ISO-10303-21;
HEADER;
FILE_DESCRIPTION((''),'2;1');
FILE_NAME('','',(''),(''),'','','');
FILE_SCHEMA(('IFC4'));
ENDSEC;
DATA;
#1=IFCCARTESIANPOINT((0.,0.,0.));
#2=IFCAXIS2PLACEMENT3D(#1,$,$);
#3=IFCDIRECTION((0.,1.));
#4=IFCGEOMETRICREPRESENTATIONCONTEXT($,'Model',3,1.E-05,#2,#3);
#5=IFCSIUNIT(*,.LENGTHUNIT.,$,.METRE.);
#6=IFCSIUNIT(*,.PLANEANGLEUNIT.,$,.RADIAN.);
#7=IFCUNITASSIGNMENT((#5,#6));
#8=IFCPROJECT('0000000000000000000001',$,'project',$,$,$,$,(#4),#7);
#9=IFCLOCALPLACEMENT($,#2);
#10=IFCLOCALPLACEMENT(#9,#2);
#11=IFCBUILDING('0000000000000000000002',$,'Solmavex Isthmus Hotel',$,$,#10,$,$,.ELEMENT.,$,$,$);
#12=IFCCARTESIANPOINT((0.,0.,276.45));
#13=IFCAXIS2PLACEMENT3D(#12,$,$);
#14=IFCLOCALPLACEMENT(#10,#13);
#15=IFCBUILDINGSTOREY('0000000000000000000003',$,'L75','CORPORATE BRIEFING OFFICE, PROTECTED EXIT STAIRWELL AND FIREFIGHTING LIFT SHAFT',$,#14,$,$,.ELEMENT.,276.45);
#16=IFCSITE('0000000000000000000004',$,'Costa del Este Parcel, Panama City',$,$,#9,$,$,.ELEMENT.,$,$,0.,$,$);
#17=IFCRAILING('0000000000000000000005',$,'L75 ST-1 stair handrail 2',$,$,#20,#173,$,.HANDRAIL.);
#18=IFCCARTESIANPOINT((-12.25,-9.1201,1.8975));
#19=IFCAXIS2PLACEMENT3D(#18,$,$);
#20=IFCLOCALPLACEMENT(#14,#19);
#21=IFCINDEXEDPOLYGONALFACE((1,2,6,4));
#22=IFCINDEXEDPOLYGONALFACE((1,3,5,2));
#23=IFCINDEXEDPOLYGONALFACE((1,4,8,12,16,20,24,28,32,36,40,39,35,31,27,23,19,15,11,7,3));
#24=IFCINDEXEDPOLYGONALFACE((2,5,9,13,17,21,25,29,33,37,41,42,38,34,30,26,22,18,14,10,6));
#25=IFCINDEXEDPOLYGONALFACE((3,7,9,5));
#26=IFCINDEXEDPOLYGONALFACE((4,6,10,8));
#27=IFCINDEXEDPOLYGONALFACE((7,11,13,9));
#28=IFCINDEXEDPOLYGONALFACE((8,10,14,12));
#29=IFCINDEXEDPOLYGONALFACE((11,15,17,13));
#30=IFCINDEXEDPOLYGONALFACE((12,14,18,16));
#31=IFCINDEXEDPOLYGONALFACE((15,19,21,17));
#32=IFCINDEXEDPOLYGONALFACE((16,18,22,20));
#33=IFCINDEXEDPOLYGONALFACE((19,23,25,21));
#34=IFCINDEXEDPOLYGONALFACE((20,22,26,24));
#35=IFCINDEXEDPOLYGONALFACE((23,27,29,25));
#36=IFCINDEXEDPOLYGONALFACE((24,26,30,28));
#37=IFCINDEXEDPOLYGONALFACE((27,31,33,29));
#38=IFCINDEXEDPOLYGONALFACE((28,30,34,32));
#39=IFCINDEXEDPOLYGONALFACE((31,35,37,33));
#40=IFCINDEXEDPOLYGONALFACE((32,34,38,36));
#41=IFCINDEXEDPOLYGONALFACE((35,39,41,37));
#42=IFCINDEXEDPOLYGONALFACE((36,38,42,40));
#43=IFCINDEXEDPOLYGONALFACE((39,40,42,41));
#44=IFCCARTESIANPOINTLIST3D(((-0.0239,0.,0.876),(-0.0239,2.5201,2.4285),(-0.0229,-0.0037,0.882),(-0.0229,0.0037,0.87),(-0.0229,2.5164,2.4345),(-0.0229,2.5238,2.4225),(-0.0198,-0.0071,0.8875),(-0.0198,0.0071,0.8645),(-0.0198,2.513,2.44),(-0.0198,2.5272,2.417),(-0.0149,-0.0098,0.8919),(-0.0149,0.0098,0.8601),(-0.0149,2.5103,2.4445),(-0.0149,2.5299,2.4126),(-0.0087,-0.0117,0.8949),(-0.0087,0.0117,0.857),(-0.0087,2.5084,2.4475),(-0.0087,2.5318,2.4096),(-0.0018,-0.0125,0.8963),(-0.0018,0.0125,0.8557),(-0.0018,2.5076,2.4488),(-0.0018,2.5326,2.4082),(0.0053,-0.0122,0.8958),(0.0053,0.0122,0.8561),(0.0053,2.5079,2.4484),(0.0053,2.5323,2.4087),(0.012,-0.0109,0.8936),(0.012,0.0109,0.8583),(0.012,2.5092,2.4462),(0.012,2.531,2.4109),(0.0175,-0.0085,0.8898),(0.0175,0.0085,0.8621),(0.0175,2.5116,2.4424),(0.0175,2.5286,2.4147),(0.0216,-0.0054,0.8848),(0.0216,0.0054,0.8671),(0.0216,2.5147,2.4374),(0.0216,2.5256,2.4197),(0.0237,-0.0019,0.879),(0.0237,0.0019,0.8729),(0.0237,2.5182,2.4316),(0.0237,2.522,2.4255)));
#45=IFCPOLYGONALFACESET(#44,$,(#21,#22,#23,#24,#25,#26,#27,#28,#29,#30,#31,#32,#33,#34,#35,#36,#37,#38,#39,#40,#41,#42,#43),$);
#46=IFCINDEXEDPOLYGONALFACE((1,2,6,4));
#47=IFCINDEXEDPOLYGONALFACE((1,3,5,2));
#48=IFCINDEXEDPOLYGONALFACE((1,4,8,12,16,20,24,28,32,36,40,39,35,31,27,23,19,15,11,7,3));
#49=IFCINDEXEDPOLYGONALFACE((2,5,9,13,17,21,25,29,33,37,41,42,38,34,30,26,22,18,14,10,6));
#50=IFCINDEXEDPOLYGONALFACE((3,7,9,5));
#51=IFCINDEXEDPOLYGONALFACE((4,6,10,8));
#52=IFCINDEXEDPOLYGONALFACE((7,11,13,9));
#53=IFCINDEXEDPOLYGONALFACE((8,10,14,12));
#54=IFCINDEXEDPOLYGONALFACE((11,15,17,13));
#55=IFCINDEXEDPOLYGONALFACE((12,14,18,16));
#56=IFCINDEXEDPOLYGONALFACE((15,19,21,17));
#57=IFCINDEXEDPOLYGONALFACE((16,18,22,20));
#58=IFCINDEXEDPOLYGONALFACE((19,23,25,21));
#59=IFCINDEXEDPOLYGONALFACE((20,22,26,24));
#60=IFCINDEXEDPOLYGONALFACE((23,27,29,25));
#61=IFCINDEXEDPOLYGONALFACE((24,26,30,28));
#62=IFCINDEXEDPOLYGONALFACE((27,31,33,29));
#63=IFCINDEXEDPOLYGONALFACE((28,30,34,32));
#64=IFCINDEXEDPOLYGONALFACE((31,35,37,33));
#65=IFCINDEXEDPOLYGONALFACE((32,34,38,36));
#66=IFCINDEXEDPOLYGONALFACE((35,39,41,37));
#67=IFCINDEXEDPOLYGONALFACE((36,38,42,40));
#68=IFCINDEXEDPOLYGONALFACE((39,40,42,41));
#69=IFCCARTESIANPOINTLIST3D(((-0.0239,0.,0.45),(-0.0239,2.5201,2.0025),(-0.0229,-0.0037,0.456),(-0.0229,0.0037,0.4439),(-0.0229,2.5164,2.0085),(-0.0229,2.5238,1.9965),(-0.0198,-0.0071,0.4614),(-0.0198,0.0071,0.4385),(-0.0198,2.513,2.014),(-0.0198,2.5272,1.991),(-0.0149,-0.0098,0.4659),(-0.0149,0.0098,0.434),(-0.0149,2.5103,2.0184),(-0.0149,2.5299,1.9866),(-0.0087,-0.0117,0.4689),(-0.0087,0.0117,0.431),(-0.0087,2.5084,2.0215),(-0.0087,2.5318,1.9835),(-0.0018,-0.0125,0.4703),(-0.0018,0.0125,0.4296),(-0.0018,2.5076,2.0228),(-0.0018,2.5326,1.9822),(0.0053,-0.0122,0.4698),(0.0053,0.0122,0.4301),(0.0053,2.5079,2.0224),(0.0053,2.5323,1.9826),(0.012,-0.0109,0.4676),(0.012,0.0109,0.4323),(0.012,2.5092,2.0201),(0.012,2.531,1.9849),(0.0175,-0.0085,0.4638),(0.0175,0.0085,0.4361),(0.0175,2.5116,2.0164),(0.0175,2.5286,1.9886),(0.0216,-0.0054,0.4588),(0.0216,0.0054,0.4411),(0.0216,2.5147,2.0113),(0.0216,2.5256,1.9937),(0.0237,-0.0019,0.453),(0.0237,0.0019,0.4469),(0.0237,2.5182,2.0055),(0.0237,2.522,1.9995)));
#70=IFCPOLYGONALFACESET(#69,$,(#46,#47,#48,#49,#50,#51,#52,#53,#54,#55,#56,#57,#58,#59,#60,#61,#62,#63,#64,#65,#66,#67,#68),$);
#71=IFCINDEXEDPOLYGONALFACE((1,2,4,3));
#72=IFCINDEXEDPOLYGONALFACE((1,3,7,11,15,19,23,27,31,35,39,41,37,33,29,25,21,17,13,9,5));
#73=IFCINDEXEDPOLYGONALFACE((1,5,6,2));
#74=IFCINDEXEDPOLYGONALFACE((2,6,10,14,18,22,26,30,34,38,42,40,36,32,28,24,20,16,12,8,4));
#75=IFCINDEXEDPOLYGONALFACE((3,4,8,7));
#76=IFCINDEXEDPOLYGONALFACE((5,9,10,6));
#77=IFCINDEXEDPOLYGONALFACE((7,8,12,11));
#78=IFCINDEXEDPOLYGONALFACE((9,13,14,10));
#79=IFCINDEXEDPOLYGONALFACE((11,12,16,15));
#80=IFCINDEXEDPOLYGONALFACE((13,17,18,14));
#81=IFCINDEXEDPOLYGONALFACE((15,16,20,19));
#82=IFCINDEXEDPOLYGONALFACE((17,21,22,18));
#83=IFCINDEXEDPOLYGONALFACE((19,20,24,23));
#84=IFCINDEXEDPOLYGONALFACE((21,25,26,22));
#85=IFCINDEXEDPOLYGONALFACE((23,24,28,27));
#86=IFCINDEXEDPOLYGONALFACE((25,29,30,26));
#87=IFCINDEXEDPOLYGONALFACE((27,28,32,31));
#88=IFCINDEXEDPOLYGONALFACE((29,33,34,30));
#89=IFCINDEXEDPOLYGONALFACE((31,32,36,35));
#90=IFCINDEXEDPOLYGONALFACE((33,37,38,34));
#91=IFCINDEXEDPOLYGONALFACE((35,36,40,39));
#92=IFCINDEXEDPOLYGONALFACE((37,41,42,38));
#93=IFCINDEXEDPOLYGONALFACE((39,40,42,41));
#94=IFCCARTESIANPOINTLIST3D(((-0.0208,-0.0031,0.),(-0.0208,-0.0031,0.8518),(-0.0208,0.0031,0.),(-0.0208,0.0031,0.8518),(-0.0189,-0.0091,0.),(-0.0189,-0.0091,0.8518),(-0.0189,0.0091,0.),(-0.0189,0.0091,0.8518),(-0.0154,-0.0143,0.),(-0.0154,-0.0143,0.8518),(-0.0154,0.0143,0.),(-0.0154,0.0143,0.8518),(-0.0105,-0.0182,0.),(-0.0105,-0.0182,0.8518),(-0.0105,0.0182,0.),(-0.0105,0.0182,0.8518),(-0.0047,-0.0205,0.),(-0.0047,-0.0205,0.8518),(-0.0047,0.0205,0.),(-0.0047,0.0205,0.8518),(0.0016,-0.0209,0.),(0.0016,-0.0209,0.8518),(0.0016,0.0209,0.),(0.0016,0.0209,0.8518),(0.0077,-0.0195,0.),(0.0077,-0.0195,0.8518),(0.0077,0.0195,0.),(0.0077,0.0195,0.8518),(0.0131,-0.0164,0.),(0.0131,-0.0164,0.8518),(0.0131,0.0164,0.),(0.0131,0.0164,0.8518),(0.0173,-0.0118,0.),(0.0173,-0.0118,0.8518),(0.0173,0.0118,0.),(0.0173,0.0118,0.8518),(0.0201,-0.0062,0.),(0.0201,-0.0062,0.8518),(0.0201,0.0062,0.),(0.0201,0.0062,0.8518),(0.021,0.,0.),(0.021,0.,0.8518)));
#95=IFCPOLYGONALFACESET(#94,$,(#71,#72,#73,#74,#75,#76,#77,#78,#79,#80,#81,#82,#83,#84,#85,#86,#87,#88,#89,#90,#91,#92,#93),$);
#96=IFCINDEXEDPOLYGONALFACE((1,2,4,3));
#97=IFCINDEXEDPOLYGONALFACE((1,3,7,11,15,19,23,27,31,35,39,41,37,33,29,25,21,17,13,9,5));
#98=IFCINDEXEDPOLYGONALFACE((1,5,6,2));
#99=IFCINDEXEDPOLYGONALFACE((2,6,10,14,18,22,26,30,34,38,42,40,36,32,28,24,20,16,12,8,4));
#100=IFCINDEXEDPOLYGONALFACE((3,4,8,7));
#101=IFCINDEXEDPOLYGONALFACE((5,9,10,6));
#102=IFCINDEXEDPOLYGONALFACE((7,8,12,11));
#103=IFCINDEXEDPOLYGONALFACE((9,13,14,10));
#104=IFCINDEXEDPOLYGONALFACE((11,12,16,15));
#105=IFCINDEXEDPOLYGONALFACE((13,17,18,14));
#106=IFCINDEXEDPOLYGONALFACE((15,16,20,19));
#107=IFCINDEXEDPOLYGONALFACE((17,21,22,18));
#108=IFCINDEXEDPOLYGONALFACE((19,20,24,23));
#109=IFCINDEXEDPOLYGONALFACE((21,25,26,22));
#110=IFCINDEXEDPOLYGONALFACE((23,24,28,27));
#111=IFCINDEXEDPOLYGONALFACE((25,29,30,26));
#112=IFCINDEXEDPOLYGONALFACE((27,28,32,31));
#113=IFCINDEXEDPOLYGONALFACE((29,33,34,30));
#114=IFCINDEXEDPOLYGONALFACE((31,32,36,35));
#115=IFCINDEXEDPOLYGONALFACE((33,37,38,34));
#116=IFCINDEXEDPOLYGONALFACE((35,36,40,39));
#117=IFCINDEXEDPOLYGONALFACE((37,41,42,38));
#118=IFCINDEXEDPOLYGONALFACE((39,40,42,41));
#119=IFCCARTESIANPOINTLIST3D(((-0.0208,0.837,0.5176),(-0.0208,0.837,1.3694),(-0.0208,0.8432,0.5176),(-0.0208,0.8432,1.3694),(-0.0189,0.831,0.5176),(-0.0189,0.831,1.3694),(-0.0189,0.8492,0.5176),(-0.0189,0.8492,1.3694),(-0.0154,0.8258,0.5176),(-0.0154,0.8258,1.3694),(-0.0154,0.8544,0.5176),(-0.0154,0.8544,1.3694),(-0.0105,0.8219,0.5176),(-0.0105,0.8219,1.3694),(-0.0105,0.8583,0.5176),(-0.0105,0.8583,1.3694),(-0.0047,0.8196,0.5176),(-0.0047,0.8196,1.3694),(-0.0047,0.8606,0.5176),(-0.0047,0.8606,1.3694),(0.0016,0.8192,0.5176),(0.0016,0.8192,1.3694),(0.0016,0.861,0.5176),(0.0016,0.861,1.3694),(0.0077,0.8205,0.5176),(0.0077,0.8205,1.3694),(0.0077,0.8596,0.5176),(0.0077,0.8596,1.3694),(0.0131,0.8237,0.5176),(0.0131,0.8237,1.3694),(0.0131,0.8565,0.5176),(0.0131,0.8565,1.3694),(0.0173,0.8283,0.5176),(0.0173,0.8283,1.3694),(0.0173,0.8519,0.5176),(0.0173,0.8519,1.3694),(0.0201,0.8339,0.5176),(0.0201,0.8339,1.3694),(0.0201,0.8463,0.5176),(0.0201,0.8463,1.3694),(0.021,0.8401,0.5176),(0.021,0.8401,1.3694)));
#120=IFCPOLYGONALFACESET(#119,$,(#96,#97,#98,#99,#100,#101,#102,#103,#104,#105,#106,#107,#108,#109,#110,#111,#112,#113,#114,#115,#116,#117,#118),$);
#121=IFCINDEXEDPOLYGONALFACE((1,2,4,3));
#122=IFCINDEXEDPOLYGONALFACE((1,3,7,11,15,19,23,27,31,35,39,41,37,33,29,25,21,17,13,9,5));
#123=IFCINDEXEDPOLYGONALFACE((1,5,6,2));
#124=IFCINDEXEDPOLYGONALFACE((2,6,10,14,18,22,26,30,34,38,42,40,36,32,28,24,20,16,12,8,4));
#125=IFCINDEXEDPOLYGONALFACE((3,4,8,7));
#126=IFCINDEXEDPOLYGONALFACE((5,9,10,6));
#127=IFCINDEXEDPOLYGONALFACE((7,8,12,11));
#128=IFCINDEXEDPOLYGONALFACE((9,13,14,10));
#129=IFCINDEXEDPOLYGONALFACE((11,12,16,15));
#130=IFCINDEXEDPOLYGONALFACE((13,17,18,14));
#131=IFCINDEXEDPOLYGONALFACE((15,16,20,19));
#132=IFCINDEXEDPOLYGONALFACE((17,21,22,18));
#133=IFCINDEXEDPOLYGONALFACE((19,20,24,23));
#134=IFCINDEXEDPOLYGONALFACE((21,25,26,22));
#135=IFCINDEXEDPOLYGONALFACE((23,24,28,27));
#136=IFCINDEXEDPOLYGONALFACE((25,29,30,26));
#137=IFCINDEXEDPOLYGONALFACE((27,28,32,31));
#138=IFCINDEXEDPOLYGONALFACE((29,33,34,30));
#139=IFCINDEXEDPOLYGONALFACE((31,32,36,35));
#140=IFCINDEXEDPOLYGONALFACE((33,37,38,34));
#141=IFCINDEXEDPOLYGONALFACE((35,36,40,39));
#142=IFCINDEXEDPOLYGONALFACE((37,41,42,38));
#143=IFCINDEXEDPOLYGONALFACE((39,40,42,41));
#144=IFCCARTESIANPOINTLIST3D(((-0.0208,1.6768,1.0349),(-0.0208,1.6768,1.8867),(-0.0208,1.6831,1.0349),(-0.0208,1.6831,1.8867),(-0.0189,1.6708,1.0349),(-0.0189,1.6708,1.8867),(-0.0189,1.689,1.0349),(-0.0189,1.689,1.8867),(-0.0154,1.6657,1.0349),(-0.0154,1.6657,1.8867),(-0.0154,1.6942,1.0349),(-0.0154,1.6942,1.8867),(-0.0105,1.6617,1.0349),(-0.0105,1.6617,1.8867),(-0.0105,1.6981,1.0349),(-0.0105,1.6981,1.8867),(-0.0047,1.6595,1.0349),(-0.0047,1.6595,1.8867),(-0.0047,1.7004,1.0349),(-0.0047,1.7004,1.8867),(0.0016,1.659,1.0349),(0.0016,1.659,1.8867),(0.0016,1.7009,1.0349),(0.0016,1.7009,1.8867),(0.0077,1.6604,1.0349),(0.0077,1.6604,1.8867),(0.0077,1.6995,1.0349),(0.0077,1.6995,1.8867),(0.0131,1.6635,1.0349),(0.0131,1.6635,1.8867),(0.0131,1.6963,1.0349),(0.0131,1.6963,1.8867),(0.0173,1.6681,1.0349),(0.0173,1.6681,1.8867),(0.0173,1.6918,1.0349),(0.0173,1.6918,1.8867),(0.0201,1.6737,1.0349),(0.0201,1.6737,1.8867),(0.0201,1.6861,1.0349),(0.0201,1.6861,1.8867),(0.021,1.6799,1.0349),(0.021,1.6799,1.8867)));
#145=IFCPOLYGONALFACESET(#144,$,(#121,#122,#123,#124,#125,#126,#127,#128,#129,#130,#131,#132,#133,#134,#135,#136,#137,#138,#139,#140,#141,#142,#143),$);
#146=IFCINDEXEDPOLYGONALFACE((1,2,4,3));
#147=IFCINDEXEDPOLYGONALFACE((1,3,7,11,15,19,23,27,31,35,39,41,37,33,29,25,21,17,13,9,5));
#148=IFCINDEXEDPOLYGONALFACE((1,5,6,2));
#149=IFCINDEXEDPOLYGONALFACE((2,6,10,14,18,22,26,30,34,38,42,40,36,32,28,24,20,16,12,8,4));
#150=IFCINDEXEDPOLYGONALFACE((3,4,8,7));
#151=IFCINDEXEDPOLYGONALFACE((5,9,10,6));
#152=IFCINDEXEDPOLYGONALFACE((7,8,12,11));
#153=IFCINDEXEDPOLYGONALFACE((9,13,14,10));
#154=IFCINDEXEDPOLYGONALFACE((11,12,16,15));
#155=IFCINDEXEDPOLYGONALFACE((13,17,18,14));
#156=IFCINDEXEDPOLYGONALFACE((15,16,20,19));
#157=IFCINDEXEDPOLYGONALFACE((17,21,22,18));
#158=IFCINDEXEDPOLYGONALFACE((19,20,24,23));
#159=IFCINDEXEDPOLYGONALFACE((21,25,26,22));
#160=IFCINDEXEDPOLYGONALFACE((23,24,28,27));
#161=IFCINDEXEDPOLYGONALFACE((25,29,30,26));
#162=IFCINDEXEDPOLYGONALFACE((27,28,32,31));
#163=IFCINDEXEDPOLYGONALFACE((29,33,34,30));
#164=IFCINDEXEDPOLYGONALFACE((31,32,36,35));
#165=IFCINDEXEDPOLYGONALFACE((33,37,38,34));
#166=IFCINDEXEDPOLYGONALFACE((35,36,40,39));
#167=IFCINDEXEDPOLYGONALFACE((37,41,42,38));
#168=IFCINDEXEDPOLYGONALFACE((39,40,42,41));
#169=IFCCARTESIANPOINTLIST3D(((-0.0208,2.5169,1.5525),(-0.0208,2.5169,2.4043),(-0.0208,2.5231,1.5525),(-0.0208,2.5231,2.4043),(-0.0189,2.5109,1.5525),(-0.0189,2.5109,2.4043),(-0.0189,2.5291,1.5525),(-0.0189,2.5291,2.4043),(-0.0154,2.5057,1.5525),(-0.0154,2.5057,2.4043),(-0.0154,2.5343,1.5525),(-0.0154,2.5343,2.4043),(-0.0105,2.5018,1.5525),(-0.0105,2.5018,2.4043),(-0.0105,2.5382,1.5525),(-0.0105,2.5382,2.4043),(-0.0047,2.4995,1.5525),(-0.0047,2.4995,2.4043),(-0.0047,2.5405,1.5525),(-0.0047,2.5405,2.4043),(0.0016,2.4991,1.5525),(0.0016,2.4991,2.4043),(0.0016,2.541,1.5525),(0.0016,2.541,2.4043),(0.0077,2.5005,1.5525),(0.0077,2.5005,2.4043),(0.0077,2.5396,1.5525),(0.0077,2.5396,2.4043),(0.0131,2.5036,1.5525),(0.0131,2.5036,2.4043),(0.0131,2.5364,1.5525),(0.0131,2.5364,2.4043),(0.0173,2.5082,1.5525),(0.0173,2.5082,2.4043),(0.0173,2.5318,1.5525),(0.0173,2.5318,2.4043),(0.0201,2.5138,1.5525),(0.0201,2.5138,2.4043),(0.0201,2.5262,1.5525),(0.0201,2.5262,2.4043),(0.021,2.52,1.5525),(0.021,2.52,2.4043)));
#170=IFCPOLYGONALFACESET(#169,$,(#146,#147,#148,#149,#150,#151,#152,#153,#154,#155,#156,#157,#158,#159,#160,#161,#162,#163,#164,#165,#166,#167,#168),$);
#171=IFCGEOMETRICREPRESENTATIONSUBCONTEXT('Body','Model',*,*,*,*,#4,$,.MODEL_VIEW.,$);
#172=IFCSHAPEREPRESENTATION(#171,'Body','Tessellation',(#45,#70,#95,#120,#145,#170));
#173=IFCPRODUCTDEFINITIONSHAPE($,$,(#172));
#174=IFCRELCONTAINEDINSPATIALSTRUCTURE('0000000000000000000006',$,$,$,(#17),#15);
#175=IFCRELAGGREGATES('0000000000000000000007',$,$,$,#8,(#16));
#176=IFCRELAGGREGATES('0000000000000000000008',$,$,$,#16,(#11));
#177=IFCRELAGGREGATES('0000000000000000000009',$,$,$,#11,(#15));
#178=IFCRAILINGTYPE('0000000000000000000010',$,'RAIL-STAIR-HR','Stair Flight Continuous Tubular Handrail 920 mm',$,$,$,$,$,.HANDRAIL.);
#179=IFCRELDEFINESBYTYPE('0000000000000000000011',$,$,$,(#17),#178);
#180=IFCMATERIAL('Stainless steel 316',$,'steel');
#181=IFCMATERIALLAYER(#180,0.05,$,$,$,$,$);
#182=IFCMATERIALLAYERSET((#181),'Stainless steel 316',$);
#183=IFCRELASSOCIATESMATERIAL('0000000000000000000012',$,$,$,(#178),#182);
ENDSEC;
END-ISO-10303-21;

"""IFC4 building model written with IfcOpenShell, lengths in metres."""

from ifc_helpers import new_model, si_unit, direction, frame, origin, origin_2d, place, context, subcontext, project, spatial, circle, extrude, material, layer, layer_set, type_object, element, save


model = new_model("IFC4")

# Units and contexts
model_context = context("Model", 3, precision=1e-05, world=origin(), true_north=direction((0.0, 1.0)))
body_context = subcontext(model_context, "Body", "Model", "MODEL_VIEW")
ifc_project = project(units=[si_unit("LENGTHUNIT", "METRE"), si_unit("PLANEANGLEUNIT", "RADIAN")], contexts=[model_context])

# Site, building, storey
site_placement = place(None, origin())
site = spatial("IfcSite", under=ifc_project, at=site_placement, Name="Costa del Este Parcel, Panama City", CompositionType="ELEMENT", RefElevation=0.0)
building_placement = place(site_placement, origin())
building = spatial("IfcBuilding", under=site, at=building_placement, Name="Solmavex Isthmus Hotel", CompositionType="ELEMENT")
storey_placement = place(building_placement, frame((0.0, 0.0, 276.45)))
storey = spatial("IfcBuildingStorey", under=building, at=storey_placement, Name="L75", Description="CORPORATE BRIEFING OFFICE, PROTECTED EXIT STAIRWELL AND FIREFIGHTING LIFT SHAFT", CompositionType="ELEMENT", Elevation=276.45)

# Shared definitions
ifc_material_1 = material(Name="Stainless steel 316", Category="steel")

# Railing
ifc_layer_1 = layer(ifc_material_1, 0.05)
ifc_layer_set_1 = layer_set([ifc_layer_1], Name="Stainless steel 316")
railing_type_1 = type_object("IfcRailingType", Name="RAIL-STAIR-HR", Description="Stair Flight Continuous Tubular Handrail 920 mm", PredefinedType="HANDRAIL", material=ifc_layer_set_1)
railing_1_placement = place(storey_placement, frame((-12.25, -9.1201, 1.8975)))
element("IfcRailing", 1, at=railing_1_placement, inside=storey, type_object=railing_type_1, Name="L75 ST-1 stair handrail 2", PredefinedType="HANDRAIL", context=body_context, shape_type="SweptSolid", body=[
    extrude(circle(Radius=0.0239, at=origin_2d()), frame((0.0, 0.0, 0.876), z_axis=(0.0, 0.8514, 0.524516), x_axis=(-1.0, 0.0, 0.0)), (0.0, 0.0, 1.0), 2.96),
    extrude(circle(Radius=0.0239, at=origin_2d()), frame((0.0, 0.0, 0.45), z_axis=(0.0, 0.8514, 0.524516), x_axis=(-1.0, 0.0, 0.0)), (0.0, 0.0, 1.0), 2.96),
    extrude(circle(Radius=0.021, at=origin_2d()), origin(), (0.0, 0.0, 1.0), 0.8518),
    extrude(circle(Radius=0.021, at=origin_2d()), frame((0.0, 0.8401, 0.5176)), (0.0, 0.0, 1.0), 0.8518),
    extrude(circle(Radius=0.021, at=origin_2d()), frame((0.0, 1.6799, 1.0349)), (0.0, 0.0, 1.0), 0.8518),
    extrude(circle(Radius=0.021, at=origin_2d()), frame((0.0, 2.52, 1.5525)), (0.0, 0.0, 1.0), 0.8518),
])

save(model, "model.ifc")
